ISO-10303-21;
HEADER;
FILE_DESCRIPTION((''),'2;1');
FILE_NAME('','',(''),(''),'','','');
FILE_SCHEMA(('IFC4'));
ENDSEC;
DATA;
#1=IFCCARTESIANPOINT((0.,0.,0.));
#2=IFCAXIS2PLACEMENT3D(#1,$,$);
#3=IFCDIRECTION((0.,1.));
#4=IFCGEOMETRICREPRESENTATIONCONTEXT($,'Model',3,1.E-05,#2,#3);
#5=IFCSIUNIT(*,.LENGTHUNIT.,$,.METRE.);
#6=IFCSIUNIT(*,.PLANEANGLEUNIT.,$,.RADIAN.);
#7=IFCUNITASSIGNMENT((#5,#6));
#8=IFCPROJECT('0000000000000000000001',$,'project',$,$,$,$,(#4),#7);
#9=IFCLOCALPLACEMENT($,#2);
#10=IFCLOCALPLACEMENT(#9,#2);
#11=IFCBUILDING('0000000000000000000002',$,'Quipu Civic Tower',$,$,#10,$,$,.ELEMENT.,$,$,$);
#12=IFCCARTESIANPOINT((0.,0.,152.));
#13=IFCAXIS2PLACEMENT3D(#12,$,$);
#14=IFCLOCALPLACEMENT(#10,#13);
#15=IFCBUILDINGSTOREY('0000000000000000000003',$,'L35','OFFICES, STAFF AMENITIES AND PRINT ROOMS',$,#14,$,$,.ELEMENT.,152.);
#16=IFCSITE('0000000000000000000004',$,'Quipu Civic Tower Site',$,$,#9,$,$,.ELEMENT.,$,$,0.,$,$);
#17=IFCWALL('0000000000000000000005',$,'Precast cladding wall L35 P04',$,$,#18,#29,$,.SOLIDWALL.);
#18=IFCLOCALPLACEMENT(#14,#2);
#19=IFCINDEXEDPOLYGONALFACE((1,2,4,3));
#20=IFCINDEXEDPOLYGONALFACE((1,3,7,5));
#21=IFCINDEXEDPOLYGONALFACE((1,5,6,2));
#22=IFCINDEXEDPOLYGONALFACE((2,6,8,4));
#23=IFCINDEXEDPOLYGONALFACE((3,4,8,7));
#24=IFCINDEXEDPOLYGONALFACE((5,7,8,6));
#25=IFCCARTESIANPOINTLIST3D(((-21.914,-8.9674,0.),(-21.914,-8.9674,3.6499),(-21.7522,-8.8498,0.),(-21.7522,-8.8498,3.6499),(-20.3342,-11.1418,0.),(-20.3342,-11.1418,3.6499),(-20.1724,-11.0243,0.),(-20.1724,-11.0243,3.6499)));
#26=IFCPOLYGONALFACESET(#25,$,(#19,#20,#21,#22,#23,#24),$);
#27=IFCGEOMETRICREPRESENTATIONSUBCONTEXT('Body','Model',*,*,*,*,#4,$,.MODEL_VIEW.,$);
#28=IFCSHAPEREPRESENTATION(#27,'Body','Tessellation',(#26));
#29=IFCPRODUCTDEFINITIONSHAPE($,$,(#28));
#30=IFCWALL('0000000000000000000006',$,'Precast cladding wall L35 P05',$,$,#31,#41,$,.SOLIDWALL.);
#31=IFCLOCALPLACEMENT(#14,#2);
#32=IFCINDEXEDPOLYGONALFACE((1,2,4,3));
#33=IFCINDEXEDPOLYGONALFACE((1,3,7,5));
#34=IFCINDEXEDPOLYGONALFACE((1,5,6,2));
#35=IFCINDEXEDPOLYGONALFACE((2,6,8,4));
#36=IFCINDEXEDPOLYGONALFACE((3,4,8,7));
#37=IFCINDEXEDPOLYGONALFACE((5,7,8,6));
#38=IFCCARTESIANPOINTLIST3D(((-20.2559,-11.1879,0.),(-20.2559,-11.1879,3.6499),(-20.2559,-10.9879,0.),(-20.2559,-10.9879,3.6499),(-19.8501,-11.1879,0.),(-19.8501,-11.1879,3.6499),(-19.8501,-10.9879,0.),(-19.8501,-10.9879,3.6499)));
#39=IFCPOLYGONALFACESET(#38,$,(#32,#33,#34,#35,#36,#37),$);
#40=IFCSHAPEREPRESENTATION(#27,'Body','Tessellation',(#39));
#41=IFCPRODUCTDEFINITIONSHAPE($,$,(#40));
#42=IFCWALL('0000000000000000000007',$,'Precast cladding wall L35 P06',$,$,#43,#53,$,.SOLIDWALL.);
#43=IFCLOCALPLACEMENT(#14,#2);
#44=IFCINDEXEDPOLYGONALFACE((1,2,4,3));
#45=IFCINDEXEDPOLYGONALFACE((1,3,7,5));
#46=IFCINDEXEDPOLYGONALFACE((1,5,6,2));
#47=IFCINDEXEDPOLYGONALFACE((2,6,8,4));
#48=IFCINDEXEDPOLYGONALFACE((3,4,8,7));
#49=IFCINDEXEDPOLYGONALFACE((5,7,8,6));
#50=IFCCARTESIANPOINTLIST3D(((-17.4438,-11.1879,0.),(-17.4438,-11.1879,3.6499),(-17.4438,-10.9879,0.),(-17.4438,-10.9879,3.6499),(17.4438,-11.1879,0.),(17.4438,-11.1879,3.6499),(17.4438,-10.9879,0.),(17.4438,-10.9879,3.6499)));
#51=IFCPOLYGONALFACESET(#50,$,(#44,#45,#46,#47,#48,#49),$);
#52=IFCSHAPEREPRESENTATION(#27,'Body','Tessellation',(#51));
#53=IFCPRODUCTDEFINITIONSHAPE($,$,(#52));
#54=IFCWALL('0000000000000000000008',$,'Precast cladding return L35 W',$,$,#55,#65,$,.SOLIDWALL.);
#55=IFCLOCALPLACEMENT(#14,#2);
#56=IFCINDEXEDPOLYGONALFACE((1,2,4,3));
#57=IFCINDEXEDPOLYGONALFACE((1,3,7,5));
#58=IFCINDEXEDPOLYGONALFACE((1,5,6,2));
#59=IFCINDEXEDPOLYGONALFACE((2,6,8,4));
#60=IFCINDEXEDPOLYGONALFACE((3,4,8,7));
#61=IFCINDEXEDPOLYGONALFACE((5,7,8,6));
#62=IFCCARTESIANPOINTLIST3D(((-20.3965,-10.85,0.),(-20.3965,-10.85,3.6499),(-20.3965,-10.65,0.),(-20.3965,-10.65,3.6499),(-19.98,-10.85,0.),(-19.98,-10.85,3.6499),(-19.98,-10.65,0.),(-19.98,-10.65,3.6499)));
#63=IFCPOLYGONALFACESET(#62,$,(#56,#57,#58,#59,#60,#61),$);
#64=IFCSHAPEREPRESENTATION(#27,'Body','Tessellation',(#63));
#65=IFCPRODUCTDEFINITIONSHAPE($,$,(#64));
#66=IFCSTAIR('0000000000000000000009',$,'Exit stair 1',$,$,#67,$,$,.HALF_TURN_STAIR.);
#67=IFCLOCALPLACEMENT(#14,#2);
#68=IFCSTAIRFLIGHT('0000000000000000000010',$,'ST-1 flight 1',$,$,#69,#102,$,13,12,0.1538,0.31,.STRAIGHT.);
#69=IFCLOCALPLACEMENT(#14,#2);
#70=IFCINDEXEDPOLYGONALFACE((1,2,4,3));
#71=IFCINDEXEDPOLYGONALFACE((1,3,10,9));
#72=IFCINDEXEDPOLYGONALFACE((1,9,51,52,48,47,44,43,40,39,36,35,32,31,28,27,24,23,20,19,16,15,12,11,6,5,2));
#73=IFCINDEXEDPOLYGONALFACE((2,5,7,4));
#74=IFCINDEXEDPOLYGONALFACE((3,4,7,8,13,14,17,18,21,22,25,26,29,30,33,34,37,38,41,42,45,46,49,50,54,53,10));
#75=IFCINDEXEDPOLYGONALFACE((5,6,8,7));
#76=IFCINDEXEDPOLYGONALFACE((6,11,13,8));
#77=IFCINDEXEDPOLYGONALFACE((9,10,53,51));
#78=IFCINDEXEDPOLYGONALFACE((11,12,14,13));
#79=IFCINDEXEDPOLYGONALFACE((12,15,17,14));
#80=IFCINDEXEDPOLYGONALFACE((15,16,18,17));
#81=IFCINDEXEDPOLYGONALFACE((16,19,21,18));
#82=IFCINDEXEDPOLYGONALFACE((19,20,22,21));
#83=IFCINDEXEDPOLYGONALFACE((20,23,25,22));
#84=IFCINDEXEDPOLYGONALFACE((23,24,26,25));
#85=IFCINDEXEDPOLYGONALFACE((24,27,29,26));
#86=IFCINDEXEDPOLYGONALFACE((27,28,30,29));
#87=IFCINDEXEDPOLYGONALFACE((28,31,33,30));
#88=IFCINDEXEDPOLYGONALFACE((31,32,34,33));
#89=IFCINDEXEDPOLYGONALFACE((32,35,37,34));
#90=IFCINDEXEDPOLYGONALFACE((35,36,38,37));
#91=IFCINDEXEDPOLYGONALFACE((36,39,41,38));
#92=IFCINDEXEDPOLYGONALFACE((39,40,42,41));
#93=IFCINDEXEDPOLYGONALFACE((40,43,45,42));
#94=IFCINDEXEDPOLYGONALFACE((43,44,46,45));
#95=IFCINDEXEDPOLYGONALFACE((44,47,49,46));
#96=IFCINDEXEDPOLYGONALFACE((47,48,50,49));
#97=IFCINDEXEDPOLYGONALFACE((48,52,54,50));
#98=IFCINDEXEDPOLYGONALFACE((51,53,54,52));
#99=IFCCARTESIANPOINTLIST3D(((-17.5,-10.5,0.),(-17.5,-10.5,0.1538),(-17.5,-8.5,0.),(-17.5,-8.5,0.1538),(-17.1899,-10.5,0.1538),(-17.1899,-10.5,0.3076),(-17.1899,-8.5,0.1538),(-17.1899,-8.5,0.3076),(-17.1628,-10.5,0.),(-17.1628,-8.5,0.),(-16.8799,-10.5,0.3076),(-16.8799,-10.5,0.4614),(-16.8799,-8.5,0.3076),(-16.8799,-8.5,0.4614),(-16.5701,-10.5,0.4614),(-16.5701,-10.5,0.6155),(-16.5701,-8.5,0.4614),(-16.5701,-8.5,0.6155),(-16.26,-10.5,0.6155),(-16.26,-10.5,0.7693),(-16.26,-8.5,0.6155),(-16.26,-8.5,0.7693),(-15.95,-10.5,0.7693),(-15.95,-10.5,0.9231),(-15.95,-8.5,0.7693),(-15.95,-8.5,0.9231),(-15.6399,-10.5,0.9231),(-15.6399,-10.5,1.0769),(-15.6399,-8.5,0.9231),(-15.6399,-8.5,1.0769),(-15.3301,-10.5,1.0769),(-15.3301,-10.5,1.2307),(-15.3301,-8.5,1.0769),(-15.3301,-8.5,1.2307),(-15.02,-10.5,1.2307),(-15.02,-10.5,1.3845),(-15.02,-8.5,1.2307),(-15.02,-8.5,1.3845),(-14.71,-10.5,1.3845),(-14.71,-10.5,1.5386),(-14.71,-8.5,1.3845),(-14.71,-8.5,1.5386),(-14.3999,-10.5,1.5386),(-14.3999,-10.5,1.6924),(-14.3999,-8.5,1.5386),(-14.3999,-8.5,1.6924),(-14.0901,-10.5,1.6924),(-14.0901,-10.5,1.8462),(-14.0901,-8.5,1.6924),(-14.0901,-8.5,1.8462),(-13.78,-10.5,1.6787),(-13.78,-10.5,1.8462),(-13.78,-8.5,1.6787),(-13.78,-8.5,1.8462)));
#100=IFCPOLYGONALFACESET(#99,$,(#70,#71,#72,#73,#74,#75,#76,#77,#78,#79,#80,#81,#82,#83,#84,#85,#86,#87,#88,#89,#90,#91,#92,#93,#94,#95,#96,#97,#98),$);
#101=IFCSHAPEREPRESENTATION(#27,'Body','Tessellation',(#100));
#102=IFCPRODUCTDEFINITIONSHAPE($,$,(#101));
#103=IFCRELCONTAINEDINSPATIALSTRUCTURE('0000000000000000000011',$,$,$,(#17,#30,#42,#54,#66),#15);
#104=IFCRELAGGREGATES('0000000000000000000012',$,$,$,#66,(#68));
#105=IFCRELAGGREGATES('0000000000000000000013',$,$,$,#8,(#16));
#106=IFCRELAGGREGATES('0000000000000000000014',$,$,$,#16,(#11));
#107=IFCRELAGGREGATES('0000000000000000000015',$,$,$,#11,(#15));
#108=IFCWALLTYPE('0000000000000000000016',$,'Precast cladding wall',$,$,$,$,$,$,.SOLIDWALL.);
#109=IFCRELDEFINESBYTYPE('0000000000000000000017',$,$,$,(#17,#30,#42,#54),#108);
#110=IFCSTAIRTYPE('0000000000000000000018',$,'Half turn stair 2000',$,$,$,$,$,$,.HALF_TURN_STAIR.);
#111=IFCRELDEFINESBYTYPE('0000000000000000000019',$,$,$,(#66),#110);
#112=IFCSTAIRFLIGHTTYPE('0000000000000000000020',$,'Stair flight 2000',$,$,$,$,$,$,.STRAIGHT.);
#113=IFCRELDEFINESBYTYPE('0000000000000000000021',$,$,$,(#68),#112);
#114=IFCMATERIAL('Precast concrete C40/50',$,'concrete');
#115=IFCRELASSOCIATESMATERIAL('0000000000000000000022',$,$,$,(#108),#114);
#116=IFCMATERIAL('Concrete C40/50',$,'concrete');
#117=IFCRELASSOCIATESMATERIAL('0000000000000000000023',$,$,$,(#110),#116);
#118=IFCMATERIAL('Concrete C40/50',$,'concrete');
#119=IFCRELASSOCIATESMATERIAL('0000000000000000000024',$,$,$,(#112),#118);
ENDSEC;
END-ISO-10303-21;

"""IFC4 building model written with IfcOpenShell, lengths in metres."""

from ifc_helpers import new_model, si_unit, direction, frame, frame_2d, origin, place, context, subcontext, project, spatial, polyline, rectangle, outline, extrude, material, type_object, element, aggregate, save


model = new_model("IFC4")

# Units and contexts
model_context = context("Model", 3, precision=1e-05, world=origin(), true_north=direction((0.0, 1.0)))
body_context = subcontext(model_context, "Body", "Model", "MODEL_VIEW")
ifc_project = project(units=[si_unit("LENGTHUNIT", "METRE"), si_unit("PLANEANGLEUNIT", "RADIAN")], contexts=[model_context])

# Site, building, storey
site_placement = place(None, origin())
site = spatial("IfcSite", under=ifc_project, at=site_placement, Name="Quipu Civic Tower Site", CompositionType="ELEMENT", RefElevation=0.0)
building_placement = place(site_placement, origin())
building = spatial("IfcBuilding", under=site, at=building_placement, Name="Quipu Civic Tower", CompositionType="ELEMENT")
storey_placement = place(building_placement, frame((0.0, 0.0, 152.0)))
storey = spatial("IfcBuildingStorey", under=building, at=storey_placement, Name="L35", Description="OFFICES, STAFF AMENITIES AND PRINT ROOMS", CompositionType="ELEMENT", Elevation=152.0)

# Walls
ifc_material_1 = material(Name="Precast concrete C40/50", Category="concrete")
wall_type_1 = type_object("IfcWallType", Name="Precast cladding wall", PredefinedType="SOLIDWALL", material=ifc_material_1)
wall_1_placement = place(storey_placement, frame((-21.833, -8.9087, 0.0), z_axis=(0.0, 0.0, 1.0), x_axis=(0.587767, -0.809031, 0.0)))
element("IfcWall", 1, at=wall_1_placement, inside=storey, type_object=wall_type_1, Name="Precast cladding wall L35 P04", PredefinedType="SOLIDWALL", context=body_context, shape_type="SweptSolid", body=[
    extrude(rectangle(XDim=2.6877, YDim=0.2, at=frame_2d((1.3438, 0.0))), origin(), (0.0, 0.0, 1.0), 3.6499),
])
wall_2_placement = place(storey_placement, frame((-20.2559, -11.0879, 0.0), z_axis=(0.0, 0.0, 1.0), x_axis=(1.0, 0.0, 0.0)))
element("IfcWall", 2, at=wall_2_placement, inside=storey, type_object=wall_type_1, Name="Precast cladding wall L35 P05", PredefinedType="SOLIDWALL", context=body_context, shape_type="SweptSolid", body=[
    extrude(rectangle(XDim=0.4058, YDim=0.2, at=frame_2d((0.2029, 0.0))), origin(), (0.0, 0.0, 1.0), 3.6499),
])
wall_3_placement = place(storey_placement, frame((-17.4438, -11.0879, 0.0), z_axis=(0.0, 0.0, 1.0), x_axis=(1.0, 0.0, 0.0)))
element("IfcWall", 3, at=wall_3_placement, inside=storey, type_object=wall_type_1, Name="Precast cladding wall L35 P06", PredefinedType="SOLIDWALL", context=body_context, shape_type="SweptSolid", body=[
    extrude(rectangle(XDim=34.8877, YDim=0.2, at=frame_2d((17.4438, 0.0))), origin(), (0.0, 0.0, 1.0), 3.6499),
])
wall_4_placement = place(storey_placement, frame((-19.98, -10.75, 0.0), z_axis=(0.0, 0.0, 1.0), x_axis=(-1.0, 0.0, 0.0)))
element("IfcWall", 4, at=wall_4_placement, inside=storey, type_object=wall_type_1, Name="Precast cladding return L35 W", PredefinedType="SOLIDWALL", context=body_context, shape_type="SweptSolid", body=[
    extrude(rectangle(XDim=0.4165, YDim=0.2, at=frame_2d((0.2083, 0.0))), origin(), (0.0, 0.0, 1.0), 3.6499),
])

# Stair, stair flight
ifc_material_2 = material(Name="Concrete C40/50", Category="concrete")
stair_type = type_object("IfcStairType", Name="Half turn stair 2000", PredefinedType="HALF_TURN_STAIR", material=ifc_material_2)
stair_placement = place(storey_placement, origin())
stair = element("IfcStair", 5, at=stair_placement, inside=storey, type_object=stair_type, Name="Exit stair 1", PredefinedType="HALF_TURN_STAIR")
ifc_material_3 = material(Name="Concrete C40/50", Category="concrete")
stair_flight_type = type_object("IfcStairFlightType", Name="Stair flight 2000", PredefinedType="STRAIGHT", material=ifc_material_3)
stair_flight_placement = place(storey_placement, frame((-17.5, -9.5, 0.0), z_axis=(0.0, 0.0, 1.0), x_axis=(1.0, 0.0, 0.0)))
stair_flight = element("IfcStairFlight", 6, at=stair_flight_placement, type_object=stair_flight_type, Name="ST-1 flight 1", NumberOfRisers=13, NumberOfTreads=12, PredefinedType="STRAIGHT", RiserHeight=0.1538, TreadLength=0.31, context=body_context, shape_type="SweptSolid", body=[
    extrude(outline(polyline([(0.0, 0.0), (0.0, 0.1538), (0.3101, 0.1538), (0.3101, 0.3076), (0.6201, 0.3076), (0.6201, 0.4614), (0.9299, 0.4614), (0.9299, 0.6155), (1.24, 0.6155), (1.24, 0.7693), (1.55, 0.7693), (1.55, 0.9231), (1.8601, 0.9231), (1.8601, 1.0769), (2.1699, 1.0769), (2.1699, 1.2307), (2.48, 1.2307), (2.48, 1.3845), (2.79, 1.3845), (2.79, 1.5386), (3.1001, 1.5386), (3.1001, 1.6924), (3.4099, 1.6924), (3.4099, 1.8462), (3.72, 1.8462), (3.72, 2.0), (3.72, 1.6787), (0.3372, 0.0), (0.0, 0.0)])), frame((0.0, 1.0, 0.0), z_axis=(0.0, -1.0, 0.0), x_axis=(1.0, 0.0, 0.0)), (0.0, 0.0, 1.0), 2.0),
])
aggregate(stair, [stair_flight])

save(model, "model.ifc")
